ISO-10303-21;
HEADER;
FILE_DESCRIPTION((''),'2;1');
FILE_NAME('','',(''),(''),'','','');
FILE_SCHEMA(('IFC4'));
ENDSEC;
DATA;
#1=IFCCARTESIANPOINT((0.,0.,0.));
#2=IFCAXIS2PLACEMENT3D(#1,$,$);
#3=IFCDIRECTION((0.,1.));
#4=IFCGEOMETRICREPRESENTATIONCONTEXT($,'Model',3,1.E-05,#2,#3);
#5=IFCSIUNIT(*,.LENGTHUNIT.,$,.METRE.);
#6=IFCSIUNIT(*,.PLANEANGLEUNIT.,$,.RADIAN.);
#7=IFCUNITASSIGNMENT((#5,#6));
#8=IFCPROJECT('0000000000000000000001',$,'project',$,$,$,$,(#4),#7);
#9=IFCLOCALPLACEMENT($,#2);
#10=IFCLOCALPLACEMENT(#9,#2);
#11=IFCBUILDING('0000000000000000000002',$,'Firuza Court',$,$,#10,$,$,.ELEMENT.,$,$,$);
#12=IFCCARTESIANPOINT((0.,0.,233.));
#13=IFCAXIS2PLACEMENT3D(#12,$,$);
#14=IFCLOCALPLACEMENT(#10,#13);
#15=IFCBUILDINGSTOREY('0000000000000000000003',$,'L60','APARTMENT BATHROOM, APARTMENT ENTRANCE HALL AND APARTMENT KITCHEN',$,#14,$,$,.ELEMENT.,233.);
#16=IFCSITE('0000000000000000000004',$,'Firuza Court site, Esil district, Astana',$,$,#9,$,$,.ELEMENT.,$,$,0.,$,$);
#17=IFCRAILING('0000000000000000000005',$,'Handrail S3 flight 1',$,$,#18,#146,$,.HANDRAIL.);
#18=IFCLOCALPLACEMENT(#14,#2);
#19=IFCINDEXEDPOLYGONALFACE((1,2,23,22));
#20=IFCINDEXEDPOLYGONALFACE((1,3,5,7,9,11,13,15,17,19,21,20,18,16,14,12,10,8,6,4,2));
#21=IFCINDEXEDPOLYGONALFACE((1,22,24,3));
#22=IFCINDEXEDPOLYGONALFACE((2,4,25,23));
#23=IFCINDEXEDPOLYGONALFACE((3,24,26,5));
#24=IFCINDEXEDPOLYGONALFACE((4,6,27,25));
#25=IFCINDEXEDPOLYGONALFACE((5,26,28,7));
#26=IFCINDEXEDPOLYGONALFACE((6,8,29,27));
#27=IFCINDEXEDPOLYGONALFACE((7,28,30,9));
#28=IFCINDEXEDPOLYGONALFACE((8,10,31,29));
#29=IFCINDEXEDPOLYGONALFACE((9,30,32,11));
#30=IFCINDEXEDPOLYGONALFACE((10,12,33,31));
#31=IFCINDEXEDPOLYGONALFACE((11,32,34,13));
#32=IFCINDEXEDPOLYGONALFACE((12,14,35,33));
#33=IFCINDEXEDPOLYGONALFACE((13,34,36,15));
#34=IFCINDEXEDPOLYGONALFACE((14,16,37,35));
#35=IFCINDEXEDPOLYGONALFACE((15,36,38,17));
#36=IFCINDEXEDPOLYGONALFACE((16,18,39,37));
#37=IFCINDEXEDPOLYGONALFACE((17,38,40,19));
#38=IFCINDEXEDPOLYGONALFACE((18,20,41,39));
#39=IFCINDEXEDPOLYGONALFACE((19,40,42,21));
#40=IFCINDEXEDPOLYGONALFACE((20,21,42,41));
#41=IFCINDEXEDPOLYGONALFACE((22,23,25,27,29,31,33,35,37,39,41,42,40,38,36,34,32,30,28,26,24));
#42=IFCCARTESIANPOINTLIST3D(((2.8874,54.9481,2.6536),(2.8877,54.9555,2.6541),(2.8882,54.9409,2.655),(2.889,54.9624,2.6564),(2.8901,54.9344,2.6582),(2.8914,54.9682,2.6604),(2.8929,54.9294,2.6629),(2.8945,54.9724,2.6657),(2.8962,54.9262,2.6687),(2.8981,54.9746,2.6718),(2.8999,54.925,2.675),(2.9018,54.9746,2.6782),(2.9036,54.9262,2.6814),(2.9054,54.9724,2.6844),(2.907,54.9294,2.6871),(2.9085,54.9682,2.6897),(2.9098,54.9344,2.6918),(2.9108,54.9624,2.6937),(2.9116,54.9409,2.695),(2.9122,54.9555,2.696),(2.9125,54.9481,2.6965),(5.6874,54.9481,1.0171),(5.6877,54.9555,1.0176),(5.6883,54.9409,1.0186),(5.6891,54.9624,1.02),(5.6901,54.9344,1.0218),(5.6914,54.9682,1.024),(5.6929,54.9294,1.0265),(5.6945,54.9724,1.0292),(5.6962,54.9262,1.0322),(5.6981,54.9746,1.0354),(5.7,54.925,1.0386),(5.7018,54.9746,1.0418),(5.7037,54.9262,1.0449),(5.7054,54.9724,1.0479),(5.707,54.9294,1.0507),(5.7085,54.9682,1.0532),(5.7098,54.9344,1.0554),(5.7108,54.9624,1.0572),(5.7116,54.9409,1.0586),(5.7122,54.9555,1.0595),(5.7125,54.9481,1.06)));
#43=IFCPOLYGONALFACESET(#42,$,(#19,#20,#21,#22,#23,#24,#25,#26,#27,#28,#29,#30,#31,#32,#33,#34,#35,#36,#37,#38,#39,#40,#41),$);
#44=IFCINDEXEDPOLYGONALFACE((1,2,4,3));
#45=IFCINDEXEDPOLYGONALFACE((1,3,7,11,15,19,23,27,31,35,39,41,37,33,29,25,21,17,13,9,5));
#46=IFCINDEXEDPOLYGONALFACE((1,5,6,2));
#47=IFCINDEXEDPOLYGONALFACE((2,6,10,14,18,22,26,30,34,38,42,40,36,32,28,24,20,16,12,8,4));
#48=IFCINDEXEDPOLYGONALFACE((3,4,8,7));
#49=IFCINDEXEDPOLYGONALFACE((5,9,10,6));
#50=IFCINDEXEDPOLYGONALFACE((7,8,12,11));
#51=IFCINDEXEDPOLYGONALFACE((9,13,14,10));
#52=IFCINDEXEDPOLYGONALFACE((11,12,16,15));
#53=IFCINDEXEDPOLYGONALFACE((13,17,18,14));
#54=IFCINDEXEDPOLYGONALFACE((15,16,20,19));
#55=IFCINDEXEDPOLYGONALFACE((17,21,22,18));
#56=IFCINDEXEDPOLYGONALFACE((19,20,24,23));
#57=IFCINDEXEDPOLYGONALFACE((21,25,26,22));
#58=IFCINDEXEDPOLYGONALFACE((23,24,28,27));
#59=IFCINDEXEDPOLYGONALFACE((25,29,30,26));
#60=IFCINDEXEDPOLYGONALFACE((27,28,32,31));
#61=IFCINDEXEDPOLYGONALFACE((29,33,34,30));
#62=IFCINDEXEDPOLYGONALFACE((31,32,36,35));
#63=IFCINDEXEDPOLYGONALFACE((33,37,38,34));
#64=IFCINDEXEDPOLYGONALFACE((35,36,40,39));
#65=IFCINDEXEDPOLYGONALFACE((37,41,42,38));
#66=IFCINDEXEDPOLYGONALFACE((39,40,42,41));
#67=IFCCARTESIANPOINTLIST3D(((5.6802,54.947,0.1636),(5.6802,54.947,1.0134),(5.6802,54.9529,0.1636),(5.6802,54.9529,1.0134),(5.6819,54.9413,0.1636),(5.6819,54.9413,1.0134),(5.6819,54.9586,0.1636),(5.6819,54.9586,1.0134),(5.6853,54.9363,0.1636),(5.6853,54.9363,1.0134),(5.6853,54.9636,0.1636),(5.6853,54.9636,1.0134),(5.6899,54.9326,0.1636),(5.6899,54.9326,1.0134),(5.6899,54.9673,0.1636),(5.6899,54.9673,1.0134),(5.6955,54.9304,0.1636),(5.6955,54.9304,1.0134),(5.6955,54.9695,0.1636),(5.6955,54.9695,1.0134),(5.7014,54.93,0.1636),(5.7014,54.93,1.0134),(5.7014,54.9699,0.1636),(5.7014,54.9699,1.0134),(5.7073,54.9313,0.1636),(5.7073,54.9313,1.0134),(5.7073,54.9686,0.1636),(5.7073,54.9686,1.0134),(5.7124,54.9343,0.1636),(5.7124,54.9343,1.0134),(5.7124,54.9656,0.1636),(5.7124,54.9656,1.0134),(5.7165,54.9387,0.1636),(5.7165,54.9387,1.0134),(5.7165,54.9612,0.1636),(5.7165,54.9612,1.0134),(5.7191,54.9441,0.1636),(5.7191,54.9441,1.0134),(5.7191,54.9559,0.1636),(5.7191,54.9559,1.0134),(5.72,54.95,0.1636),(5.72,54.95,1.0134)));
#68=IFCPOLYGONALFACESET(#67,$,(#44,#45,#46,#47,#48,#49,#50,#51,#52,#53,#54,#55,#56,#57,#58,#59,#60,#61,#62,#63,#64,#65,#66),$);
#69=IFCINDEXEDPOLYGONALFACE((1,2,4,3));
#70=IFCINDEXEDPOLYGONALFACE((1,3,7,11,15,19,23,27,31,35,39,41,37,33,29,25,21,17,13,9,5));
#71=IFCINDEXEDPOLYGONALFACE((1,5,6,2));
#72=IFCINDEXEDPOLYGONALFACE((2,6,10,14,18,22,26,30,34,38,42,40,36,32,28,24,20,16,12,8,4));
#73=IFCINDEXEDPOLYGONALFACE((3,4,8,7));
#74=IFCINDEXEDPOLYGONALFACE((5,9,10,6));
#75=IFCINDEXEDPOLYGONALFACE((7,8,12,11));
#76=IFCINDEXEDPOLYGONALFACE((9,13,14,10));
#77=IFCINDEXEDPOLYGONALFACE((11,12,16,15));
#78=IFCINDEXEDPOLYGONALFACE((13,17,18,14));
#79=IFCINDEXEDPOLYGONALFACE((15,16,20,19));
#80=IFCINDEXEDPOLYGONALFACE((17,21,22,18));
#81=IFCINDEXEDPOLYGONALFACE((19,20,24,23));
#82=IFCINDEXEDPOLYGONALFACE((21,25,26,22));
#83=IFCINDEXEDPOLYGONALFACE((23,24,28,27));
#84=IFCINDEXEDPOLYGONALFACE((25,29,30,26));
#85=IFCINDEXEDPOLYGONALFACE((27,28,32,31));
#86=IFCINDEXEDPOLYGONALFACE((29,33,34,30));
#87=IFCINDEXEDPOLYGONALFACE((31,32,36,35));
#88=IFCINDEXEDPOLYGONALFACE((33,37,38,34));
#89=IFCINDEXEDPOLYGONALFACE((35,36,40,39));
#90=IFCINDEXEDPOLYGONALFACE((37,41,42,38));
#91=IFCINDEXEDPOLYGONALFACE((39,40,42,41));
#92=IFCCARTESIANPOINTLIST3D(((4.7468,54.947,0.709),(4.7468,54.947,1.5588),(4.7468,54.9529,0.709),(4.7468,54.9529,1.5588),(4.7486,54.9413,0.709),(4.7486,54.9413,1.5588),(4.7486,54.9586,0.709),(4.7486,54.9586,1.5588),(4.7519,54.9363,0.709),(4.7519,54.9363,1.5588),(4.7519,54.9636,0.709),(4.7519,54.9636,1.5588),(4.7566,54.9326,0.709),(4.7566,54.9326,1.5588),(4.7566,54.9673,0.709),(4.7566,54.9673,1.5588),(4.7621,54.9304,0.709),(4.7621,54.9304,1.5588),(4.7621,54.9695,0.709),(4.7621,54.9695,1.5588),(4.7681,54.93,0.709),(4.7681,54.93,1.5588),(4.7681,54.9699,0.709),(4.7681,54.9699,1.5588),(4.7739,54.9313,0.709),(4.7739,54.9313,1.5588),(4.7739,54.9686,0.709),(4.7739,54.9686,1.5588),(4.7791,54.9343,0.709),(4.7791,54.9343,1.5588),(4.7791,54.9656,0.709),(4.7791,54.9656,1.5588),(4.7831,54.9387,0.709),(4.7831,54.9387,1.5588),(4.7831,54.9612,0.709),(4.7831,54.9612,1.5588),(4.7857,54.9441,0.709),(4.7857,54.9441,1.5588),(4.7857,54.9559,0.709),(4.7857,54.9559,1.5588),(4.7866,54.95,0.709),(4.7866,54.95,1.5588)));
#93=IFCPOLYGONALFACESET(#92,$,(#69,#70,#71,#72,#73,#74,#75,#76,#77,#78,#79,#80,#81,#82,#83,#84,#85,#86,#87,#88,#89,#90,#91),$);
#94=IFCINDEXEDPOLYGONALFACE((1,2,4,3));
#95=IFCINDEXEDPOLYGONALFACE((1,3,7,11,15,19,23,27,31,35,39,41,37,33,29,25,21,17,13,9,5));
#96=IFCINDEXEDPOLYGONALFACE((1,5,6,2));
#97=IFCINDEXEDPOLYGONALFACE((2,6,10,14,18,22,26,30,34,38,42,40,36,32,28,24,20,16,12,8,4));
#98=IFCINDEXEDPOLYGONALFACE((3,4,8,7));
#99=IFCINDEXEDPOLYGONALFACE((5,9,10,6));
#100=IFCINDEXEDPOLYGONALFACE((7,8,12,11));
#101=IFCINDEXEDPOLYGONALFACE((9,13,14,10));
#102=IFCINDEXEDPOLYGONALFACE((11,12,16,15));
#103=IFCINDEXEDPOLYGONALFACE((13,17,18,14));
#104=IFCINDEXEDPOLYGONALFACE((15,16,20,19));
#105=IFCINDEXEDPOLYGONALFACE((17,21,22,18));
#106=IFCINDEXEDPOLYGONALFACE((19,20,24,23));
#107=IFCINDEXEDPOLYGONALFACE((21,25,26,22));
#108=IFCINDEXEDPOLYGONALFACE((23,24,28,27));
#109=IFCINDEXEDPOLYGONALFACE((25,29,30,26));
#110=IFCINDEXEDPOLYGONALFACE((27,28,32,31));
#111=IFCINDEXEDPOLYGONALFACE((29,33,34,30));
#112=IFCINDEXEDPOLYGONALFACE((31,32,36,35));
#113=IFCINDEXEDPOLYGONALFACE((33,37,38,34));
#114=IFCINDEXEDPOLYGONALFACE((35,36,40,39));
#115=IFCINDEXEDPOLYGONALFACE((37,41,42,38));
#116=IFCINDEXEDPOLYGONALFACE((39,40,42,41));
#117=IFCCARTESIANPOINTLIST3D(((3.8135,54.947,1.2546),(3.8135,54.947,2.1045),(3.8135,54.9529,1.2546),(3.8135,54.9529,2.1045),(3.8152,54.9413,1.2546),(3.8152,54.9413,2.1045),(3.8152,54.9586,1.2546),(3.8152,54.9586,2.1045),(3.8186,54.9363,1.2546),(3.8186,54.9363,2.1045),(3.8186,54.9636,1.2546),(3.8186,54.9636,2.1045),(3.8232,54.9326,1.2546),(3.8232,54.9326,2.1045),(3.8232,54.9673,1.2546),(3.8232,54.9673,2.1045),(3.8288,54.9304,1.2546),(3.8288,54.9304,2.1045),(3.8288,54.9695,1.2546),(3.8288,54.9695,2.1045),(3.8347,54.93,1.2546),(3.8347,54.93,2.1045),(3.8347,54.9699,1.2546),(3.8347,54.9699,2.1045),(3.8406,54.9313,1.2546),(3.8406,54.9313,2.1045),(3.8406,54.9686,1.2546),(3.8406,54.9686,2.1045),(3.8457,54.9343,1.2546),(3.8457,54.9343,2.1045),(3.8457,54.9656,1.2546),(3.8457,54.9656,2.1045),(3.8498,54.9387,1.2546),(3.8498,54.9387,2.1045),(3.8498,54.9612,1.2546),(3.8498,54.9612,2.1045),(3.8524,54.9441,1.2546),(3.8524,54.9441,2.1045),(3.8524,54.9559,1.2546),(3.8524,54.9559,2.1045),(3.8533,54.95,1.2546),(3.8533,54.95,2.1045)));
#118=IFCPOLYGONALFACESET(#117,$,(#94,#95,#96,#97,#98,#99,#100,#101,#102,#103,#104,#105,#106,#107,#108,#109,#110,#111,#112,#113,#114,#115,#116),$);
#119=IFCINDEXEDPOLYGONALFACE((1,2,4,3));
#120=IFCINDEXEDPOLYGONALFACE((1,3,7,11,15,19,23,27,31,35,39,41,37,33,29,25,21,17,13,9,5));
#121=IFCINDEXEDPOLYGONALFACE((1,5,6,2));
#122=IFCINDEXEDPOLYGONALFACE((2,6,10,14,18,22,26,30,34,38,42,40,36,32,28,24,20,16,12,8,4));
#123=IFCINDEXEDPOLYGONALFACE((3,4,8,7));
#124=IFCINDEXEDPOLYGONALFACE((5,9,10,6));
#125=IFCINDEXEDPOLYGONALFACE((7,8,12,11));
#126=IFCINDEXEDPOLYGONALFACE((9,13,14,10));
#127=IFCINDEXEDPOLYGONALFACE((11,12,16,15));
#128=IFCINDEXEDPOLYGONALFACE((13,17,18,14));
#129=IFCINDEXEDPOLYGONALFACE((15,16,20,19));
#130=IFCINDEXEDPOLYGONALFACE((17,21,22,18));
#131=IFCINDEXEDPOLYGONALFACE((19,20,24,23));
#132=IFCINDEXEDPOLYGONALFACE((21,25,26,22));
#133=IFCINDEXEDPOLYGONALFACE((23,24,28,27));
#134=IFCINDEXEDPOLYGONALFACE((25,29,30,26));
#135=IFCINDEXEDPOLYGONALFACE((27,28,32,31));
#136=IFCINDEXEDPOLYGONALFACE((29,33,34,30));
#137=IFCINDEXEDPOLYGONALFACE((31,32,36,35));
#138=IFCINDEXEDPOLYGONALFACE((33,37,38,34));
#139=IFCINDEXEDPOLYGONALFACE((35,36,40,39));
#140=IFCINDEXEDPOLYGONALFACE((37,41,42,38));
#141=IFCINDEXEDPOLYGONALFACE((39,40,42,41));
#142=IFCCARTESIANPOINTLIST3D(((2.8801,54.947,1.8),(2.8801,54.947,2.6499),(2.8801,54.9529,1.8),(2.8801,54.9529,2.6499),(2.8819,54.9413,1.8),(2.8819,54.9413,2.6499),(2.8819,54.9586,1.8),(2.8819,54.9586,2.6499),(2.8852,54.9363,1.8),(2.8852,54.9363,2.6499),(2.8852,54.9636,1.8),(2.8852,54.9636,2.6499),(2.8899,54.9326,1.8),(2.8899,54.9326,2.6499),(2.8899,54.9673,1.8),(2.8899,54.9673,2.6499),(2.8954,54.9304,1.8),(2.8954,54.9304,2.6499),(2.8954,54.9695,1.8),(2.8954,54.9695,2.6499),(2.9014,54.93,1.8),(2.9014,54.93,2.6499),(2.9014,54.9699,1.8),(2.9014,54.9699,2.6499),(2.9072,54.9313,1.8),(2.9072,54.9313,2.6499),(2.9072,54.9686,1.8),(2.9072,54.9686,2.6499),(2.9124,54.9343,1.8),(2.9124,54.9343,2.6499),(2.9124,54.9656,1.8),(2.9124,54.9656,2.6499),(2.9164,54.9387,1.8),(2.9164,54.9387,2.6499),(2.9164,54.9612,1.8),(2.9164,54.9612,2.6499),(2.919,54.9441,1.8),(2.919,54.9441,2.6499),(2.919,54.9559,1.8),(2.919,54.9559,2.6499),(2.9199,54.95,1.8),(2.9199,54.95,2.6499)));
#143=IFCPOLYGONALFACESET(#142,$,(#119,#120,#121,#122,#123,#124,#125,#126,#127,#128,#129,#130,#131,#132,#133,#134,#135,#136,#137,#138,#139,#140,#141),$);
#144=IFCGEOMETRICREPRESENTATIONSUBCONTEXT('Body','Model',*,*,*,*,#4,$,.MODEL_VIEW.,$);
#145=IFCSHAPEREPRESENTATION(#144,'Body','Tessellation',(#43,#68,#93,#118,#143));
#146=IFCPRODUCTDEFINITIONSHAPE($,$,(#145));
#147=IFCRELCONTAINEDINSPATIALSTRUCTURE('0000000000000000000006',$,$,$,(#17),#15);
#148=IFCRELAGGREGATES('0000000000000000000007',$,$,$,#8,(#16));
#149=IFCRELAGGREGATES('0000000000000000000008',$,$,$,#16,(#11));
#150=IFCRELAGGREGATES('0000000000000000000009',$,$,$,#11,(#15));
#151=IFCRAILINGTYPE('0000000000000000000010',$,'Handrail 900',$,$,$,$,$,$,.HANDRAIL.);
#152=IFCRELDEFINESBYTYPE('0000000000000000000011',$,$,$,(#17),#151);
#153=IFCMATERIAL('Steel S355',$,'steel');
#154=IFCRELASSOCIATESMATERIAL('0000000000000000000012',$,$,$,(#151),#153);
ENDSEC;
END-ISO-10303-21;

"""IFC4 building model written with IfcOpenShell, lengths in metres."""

from ifc_helpers import new_model, si_unit, direction, frame, origin, origin_2d, place, context, subcontext, project, spatial, circle, extrude, material, type_object, element, save


model = new_model("IFC4")

# Units and contexts
model_context = context("Model", 3, precision=1e-05, world=origin(), true_north=direction((0.0, 1.0)))
body_context = subcontext(model_context, "Body", "Model", "MODEL_VIEW")
ifc_project = project(units=[si_unit("LENGTHUNIT", "METRE"), si_unit("PLANEANGLEUNIT", "RADIAN")], contexts=[model_context])

# Site, building, storey
site_placement = place(None, origin())
site = spatial("IfcSite", under=ifc_project, at=site_placement, Name="Firuza Court site, Esil district, Astana", CompositionType="ELEMENT", RefElevation=0.0)
building_placement = place(site_placement, origin())
building = spatial("IfcBuilding", under=site, at=building_placement, Name="Firuza Court", CompositionType="ELEMENT")
storey_placement = place(building_placement, frame((0.0, 0.0, 233.0)))
storey = spatial("IfcBuildingStorey", under=building, at=storey_placement, Name="L60", Description="APARTMENT BATHROOM, APARTMENT ENTRANCE HALL AND APARTMENT KITCHEN", CompositionType="ELEMENT", Elevation=233.0)

# Railing
ifc_material_1 = material(Name="Steel S355", Category="steel")
railing_type_1 = type_object("IfcRailingType", Name="Handrail 900", PredefinedType="HANDRAIL", material=ifc_material_1)
railing_1_placement = place(storey_placement, frame((5.7, 54.95, 0.1636)))
element("IfcRailing", 1, at=railing_1_placement, inside=storey, type_object=railing_type_1, Name="Handrail S3 flight 1", PredefinedType="HANDRAIL", context=body_context, shape_type="SweptSolid", body=[
    extrude(circle(Radius=0.0249, at=origin_2d()), frame((0.0, 0.0, 0.875), z_axis=(-0.863361, 0.0, 0.504587), x_axis=(0.0, -1.0, 0.0)), (0.0, 0.0, 1.0), 3.2432),
    extrude(circle(Radius=0.02, at=origin_2d()), origin(), (0.0, 0.0, 1.0), 0.8499),
    extrude(circle(Radius=0.02, at=origin_2d()), frame((-0.9333, 0.0, 0.5454)), (0.0, 0.0, 1.0), 0.8499),
    extrude(circle(Radius=0.02, at=origin_2d()), frame((-1.8667, 0.0, 1.0911)), (0.0, 0.0, 1.0), 0.8499),
    extrude(circle(Radius=0.02, at=origin_2d()), frame((-2.8, 0.0, 1.6365)), (0.0, 0.0, 1.0), 0.8499),
])

save(model, "model.ifc")
